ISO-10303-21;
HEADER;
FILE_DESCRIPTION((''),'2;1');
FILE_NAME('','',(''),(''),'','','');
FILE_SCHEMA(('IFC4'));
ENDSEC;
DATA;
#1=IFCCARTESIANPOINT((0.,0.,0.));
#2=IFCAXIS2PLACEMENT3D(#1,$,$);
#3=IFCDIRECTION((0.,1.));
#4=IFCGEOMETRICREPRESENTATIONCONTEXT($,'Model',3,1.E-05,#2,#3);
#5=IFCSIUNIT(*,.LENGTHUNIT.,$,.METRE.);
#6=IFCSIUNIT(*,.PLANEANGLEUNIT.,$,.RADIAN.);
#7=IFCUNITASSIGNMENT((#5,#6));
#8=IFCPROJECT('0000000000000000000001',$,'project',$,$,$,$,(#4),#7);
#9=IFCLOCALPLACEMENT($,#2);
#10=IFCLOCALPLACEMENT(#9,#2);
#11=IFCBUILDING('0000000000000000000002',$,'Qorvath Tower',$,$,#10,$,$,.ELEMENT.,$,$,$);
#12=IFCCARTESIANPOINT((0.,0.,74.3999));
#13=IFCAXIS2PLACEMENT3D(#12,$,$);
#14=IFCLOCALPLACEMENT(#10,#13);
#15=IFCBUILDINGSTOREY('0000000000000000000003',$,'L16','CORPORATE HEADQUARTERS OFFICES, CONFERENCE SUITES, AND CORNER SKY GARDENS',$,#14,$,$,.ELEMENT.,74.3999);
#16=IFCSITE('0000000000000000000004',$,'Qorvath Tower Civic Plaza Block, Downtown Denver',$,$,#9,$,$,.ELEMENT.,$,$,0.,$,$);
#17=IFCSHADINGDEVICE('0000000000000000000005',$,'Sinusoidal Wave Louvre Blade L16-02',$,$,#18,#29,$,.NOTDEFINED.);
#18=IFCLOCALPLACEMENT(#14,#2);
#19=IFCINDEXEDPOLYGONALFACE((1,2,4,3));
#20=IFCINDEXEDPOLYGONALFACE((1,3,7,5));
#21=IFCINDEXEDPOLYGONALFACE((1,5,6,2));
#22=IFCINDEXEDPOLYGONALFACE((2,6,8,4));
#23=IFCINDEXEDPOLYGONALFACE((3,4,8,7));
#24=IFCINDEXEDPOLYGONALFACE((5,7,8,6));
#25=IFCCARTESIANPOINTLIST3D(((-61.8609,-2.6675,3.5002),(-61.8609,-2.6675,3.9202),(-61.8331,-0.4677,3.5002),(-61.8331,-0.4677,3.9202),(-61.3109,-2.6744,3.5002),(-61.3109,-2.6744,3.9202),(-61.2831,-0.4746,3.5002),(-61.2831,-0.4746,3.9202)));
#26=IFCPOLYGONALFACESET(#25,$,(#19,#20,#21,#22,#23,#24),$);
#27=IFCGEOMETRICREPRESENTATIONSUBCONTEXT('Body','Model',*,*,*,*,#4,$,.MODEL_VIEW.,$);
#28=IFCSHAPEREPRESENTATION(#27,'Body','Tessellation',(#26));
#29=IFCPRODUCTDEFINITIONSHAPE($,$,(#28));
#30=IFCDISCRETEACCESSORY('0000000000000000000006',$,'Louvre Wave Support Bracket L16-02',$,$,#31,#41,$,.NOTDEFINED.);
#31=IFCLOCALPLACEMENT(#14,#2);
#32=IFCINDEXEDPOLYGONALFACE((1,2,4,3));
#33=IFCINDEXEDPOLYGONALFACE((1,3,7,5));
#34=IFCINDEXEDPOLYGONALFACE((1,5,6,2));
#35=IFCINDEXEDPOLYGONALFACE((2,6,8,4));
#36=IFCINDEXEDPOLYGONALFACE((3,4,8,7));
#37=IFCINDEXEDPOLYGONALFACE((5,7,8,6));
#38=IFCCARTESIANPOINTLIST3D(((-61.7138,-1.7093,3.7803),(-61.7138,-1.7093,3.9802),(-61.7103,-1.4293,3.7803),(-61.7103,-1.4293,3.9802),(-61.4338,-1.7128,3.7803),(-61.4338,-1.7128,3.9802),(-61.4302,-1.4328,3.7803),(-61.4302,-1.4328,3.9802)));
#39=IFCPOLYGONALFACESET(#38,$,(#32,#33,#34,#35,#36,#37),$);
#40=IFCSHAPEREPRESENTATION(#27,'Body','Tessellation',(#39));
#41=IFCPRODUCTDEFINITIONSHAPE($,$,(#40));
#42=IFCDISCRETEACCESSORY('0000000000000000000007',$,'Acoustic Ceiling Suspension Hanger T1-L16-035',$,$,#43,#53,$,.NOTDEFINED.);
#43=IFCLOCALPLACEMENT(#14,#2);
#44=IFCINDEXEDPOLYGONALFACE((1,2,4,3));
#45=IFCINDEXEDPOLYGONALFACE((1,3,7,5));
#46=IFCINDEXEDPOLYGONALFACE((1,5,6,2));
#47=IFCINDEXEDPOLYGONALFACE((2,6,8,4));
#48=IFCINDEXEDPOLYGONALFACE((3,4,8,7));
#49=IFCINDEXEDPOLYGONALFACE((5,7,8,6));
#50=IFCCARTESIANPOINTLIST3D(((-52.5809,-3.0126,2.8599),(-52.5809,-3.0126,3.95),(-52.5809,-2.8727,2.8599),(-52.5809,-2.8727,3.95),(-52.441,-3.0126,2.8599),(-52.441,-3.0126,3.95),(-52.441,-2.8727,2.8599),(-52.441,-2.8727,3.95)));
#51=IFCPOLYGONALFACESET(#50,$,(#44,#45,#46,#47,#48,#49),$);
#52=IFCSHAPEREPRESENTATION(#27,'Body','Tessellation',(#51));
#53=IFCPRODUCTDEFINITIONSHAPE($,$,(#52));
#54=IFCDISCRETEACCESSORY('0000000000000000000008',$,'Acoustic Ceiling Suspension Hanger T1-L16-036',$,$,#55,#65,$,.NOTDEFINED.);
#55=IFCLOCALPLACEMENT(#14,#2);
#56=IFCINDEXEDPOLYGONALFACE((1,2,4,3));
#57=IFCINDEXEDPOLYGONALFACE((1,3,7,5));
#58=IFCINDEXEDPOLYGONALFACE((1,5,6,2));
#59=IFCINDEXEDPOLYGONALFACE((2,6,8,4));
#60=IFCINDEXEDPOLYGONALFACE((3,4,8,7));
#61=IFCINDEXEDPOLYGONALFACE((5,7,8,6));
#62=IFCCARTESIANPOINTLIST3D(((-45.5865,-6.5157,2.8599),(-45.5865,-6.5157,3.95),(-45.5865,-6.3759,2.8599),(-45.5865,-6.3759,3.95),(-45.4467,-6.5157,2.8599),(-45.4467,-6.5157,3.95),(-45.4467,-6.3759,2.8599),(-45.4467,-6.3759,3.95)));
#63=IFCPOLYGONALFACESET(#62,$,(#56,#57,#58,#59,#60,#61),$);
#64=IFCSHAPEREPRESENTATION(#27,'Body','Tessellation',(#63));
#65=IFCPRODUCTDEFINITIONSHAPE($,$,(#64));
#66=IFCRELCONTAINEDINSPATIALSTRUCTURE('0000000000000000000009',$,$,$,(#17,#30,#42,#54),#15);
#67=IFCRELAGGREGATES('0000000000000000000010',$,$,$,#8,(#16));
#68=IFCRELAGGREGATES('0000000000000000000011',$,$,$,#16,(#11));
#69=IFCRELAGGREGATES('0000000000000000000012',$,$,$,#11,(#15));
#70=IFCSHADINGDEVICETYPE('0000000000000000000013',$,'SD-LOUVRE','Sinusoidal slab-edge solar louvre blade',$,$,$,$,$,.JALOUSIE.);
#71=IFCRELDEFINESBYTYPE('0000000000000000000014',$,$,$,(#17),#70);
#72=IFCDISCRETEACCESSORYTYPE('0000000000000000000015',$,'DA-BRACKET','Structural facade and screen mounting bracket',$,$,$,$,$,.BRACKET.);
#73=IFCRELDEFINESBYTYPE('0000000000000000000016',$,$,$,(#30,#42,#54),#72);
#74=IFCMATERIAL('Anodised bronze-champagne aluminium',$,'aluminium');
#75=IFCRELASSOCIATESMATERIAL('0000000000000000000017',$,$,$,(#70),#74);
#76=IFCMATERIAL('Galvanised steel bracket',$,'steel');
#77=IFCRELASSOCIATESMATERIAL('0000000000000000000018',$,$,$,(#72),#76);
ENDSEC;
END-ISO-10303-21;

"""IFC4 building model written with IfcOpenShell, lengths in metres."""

from ifc_helpers import new_model, si_unit, direction, frame, origin, origin_2d, place, context, subcontext, project, spatial, rectangle, extrude, material, type_object, element, save


model = new_model("IFC4")

# Units and contexts
model_context = context("Model", 3, precision=1e-05, world=origin(), true_north=direction((0.0, 1.0)))
body_context = subcontext(model_context, "Body", "Model", "MODEL_VIEW")
ifc_project = project(units=[si_unit("LENGTHUNIT", "METRE"), si_unit("PLANEANGLEUNIT", "RADIAN")], contexts=[model_context])

# Site, building, storey
site_placement = place(None, origin())
site = spatial("IfcSite", under=ifc_project, at=site_placement, Name="Qorvath Tower Civic Plaza Block, Downtown Denver", CompositionType="ELEMENT", RefElevation=0.0)
building_placement = place(site_placement, origin())
building = spatial("IfcBuilding", under=site, at=building_placement, Name="Qorvath Tower", CompositionType="ELEMENT")
storey_placement = place(building_placement, frame((0.0, 0.0, 74.3999)))
storey = spatial("IfcBuildingStorey", under=building, at=storey_placement, Name="L16", Description="CORPORATE HEADQUARTERS OFFICES, CONFERENCE SUITES, AND CORNER SKY GARDENS", CompositionType="ELEMENT", Elevation=74.3999)

# Shading device
ifc_material_1 = material(Name="Anodised bronze-champagne aluminium", Category="aluminium")
shading_device_type = type_object("IfcShadingDeviceType", Name="SD-LOUVRE", Description="Sinusoidal slab-edge solar louvre blade", PredefinedType="JALOUSIE", material=ifc_material_1)
shading_device_placement = place(storey_placement, frame((-61.572, -1.571, 3.5002), z_axis=(0.0, 0.0, 1.0), x_axis=(-0.012646, -0.99992, 0.0)))
element("IfcShadingDevice", 1, at=shading_device_placement, inside=storey, type_object=shading_device_type, Name="Sinusoidal Wave Louvre Blade L16-02", PredefinedType="NOTDEFINED", context=body_context, shape_type="SweptSolid", body=[
    extrude(rectangle(XDim=2.2, YDim=0.55, at=origin_2d()), origin(), (0.0, 0.0, 1.0), 0.4199),
])

# Discrete accessories
ifc_material_2 = material(Name="Galvanised steel bracket", Category="steel")
discrete_accessory_type = type_object("IfcDiscreteAccessoryType", Name="DA-BRACKET", Description="Structural facade and screen mounting bracket", PredefinedType="BRACKET", material=ifc_material_2)
discrete_accessory_placement = place(storey_placement, frame((-61.572, -1.571, 3.7803), z_axis=(0.0, 0.0, 1.0), x_axis=(-0.012646, -0.99992, 0.0)))
element("IfcDiscreteAccessory", 2, at=discrete_accessory_placement, inside=storey, type_object=discrete_accessory_type, Name="Louvre Wave Support Bracket L16-02", PredefinedType="NOTDEFINED", context=body_context, shape_type="SweptSolid", body=[
    extrude(rectangle(XDim=0.28, YDim=0.28, at=origin_2d()), origin(), (0.0, 0.0, 1.0), 0.2),
])
for number, where, z_axis, x_axis, name in (
    (3, (-52.511, -2.9426, 2.8599), (0.0, 0.0, 1.0), (1.0, 0.0, 0.0), "Acoustic Ceiling Suspension Hanger T1-L16-035"),
    (4, (-45.5166, -6.4458, 2.8599), (0.0, 0.0, 1.0), (1.0, 0.0, 0.0), "Acoustic Ceiling Suspension Hanger T1-L16-036"),
):
    element("IfcDiscreteAccessory", number, at=place(storey_placement, frame(where, z_axis=z_axis, x_axis=x_axis)), inside=storey, type_object=discrete_accessory_type, Name=name, PredefinedType="NOTDEFINED", context=body_context, shape_type="SweptSolid", body=[
        extrude(rectangle(XDim=0.1399, YDim=0.1399, at=origin_2d()), origin(), (0.0, 0.0, 1.0), 1.0901),
    ])

save(model, "model.ifc")
